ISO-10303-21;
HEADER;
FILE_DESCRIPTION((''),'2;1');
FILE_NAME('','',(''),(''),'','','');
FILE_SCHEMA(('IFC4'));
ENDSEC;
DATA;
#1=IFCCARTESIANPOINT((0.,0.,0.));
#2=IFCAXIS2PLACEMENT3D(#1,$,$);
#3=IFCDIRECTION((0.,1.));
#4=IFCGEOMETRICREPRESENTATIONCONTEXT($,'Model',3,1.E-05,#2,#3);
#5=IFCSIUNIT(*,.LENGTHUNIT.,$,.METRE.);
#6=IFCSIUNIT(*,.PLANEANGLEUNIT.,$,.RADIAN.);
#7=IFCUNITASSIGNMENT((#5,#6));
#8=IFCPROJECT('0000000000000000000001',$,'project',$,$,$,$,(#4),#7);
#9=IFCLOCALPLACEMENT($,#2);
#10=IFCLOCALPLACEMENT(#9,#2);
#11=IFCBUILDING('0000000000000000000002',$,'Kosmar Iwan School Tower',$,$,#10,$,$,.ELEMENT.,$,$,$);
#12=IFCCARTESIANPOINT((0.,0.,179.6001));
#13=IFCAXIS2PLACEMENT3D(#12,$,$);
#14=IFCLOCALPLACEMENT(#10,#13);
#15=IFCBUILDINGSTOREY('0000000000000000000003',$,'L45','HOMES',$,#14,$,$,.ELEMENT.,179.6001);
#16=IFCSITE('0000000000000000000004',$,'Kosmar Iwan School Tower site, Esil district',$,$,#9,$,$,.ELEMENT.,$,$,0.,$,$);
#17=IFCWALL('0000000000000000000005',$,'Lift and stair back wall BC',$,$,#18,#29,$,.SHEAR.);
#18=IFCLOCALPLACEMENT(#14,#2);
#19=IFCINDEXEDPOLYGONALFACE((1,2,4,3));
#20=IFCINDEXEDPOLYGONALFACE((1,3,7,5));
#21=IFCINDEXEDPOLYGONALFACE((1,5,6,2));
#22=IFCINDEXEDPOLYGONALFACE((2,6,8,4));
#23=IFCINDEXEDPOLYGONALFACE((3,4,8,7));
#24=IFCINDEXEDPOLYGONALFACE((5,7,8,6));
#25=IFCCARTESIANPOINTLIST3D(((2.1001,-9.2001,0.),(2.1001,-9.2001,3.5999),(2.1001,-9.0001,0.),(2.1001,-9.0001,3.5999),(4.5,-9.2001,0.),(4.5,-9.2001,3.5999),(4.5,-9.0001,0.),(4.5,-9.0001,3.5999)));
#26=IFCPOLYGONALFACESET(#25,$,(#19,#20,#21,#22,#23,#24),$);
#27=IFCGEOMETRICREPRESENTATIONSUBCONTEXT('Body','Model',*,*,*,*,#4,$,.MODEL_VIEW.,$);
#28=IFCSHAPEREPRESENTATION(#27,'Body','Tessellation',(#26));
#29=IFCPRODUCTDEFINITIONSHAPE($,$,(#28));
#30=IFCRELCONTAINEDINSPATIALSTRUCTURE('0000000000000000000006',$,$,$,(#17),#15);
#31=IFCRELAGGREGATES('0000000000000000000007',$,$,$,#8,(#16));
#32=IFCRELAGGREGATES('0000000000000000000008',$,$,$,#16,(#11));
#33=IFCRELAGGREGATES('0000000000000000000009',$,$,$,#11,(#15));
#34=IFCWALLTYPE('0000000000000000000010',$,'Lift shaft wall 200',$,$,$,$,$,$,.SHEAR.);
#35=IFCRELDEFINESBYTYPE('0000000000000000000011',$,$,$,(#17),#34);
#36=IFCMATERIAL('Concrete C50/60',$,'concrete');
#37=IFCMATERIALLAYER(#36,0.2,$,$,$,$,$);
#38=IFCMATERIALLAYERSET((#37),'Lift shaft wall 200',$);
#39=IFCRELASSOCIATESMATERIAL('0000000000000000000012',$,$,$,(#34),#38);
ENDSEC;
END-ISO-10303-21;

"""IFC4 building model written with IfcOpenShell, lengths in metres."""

from ifc_helpers import new_model, si_unit, direction, frame, frame_2d, origin, place, context, subcontext, project, spatial, rectangle, extrude, material, layer, layer_set, type_object, element, save


model = new_model("IFC4")

# Units and contexts
model_context = context("Model", 3, precision=1e-05, world=origin(), true_north=direction((0.0, 1.0)))
body_context = subcontext(model_context, "Body", "Model", "MODEL_VIEW")
ifc_project = project(units=[si_unit("LENGTHUNIT", "METRE"), si_unit("PLANEANGLEUNIT", "RADIAN")], contexts=[model_context])

# Site, building, storey
site_placement = place(None, origin())
site = spatial("IfcSite", under=ifc_project, at=site_placement, Name="Kosmar Iwan School Tower site, Esil district", CompositionType="ELEMENT", RefElevation=0.0)
building_placement = place(site_placement, origin())
building = spatial("IfcBuilding", under=site, at=building_placement, Name="Kosmar Iwan School Tower", CompositionType="ELEMENT")
storey_placement = place(building_placement, frame((0.0, 0.0, 179.6001)))
storey = spatial("IfcBuildingStorey", under=building, at=storey_placement, Name="L45", Description="HOMES", CompositionType="ELEMENT", Elevation=179.6001)

# Wall
ifc_material_1 = material(Name="Concrete C50/60", Category="concrete")
ifc_layer_1 = layer(ifc_material_1, 0.2)
ifc_layer_set_1 = layer_set([ifc_layer_1], Name="Lift shaft wall 200")
wall_type_1 = type_object("IfcWallType", Name="Lift shaft wall 200", PredefinedType="SHEAR", material=ifc_layer_set_1)
wall_1_placement = place(storey_placement, frame((2.1001, -9.1001, 0.0), z_axis=(0.0, 0.0, 1.0), x_axis=(1.0, 0.0, 0.0)))
element("IfcWall", 1, at=wall_1_placement, inside=storey, type_object=wall_type_1, Name="Lift and stair back wall BC", PredefinedType="SHEAR", context=body_context, shape_type="SweptSolid", body=[
    extrude(rectangle(XDim=2.3999, YDim=0.2, at=frame_2d((1.2, 0.0))), origin(), (0.0, 0.0, 1.0), 3.5999),
])

save(model, "model.ifc")
